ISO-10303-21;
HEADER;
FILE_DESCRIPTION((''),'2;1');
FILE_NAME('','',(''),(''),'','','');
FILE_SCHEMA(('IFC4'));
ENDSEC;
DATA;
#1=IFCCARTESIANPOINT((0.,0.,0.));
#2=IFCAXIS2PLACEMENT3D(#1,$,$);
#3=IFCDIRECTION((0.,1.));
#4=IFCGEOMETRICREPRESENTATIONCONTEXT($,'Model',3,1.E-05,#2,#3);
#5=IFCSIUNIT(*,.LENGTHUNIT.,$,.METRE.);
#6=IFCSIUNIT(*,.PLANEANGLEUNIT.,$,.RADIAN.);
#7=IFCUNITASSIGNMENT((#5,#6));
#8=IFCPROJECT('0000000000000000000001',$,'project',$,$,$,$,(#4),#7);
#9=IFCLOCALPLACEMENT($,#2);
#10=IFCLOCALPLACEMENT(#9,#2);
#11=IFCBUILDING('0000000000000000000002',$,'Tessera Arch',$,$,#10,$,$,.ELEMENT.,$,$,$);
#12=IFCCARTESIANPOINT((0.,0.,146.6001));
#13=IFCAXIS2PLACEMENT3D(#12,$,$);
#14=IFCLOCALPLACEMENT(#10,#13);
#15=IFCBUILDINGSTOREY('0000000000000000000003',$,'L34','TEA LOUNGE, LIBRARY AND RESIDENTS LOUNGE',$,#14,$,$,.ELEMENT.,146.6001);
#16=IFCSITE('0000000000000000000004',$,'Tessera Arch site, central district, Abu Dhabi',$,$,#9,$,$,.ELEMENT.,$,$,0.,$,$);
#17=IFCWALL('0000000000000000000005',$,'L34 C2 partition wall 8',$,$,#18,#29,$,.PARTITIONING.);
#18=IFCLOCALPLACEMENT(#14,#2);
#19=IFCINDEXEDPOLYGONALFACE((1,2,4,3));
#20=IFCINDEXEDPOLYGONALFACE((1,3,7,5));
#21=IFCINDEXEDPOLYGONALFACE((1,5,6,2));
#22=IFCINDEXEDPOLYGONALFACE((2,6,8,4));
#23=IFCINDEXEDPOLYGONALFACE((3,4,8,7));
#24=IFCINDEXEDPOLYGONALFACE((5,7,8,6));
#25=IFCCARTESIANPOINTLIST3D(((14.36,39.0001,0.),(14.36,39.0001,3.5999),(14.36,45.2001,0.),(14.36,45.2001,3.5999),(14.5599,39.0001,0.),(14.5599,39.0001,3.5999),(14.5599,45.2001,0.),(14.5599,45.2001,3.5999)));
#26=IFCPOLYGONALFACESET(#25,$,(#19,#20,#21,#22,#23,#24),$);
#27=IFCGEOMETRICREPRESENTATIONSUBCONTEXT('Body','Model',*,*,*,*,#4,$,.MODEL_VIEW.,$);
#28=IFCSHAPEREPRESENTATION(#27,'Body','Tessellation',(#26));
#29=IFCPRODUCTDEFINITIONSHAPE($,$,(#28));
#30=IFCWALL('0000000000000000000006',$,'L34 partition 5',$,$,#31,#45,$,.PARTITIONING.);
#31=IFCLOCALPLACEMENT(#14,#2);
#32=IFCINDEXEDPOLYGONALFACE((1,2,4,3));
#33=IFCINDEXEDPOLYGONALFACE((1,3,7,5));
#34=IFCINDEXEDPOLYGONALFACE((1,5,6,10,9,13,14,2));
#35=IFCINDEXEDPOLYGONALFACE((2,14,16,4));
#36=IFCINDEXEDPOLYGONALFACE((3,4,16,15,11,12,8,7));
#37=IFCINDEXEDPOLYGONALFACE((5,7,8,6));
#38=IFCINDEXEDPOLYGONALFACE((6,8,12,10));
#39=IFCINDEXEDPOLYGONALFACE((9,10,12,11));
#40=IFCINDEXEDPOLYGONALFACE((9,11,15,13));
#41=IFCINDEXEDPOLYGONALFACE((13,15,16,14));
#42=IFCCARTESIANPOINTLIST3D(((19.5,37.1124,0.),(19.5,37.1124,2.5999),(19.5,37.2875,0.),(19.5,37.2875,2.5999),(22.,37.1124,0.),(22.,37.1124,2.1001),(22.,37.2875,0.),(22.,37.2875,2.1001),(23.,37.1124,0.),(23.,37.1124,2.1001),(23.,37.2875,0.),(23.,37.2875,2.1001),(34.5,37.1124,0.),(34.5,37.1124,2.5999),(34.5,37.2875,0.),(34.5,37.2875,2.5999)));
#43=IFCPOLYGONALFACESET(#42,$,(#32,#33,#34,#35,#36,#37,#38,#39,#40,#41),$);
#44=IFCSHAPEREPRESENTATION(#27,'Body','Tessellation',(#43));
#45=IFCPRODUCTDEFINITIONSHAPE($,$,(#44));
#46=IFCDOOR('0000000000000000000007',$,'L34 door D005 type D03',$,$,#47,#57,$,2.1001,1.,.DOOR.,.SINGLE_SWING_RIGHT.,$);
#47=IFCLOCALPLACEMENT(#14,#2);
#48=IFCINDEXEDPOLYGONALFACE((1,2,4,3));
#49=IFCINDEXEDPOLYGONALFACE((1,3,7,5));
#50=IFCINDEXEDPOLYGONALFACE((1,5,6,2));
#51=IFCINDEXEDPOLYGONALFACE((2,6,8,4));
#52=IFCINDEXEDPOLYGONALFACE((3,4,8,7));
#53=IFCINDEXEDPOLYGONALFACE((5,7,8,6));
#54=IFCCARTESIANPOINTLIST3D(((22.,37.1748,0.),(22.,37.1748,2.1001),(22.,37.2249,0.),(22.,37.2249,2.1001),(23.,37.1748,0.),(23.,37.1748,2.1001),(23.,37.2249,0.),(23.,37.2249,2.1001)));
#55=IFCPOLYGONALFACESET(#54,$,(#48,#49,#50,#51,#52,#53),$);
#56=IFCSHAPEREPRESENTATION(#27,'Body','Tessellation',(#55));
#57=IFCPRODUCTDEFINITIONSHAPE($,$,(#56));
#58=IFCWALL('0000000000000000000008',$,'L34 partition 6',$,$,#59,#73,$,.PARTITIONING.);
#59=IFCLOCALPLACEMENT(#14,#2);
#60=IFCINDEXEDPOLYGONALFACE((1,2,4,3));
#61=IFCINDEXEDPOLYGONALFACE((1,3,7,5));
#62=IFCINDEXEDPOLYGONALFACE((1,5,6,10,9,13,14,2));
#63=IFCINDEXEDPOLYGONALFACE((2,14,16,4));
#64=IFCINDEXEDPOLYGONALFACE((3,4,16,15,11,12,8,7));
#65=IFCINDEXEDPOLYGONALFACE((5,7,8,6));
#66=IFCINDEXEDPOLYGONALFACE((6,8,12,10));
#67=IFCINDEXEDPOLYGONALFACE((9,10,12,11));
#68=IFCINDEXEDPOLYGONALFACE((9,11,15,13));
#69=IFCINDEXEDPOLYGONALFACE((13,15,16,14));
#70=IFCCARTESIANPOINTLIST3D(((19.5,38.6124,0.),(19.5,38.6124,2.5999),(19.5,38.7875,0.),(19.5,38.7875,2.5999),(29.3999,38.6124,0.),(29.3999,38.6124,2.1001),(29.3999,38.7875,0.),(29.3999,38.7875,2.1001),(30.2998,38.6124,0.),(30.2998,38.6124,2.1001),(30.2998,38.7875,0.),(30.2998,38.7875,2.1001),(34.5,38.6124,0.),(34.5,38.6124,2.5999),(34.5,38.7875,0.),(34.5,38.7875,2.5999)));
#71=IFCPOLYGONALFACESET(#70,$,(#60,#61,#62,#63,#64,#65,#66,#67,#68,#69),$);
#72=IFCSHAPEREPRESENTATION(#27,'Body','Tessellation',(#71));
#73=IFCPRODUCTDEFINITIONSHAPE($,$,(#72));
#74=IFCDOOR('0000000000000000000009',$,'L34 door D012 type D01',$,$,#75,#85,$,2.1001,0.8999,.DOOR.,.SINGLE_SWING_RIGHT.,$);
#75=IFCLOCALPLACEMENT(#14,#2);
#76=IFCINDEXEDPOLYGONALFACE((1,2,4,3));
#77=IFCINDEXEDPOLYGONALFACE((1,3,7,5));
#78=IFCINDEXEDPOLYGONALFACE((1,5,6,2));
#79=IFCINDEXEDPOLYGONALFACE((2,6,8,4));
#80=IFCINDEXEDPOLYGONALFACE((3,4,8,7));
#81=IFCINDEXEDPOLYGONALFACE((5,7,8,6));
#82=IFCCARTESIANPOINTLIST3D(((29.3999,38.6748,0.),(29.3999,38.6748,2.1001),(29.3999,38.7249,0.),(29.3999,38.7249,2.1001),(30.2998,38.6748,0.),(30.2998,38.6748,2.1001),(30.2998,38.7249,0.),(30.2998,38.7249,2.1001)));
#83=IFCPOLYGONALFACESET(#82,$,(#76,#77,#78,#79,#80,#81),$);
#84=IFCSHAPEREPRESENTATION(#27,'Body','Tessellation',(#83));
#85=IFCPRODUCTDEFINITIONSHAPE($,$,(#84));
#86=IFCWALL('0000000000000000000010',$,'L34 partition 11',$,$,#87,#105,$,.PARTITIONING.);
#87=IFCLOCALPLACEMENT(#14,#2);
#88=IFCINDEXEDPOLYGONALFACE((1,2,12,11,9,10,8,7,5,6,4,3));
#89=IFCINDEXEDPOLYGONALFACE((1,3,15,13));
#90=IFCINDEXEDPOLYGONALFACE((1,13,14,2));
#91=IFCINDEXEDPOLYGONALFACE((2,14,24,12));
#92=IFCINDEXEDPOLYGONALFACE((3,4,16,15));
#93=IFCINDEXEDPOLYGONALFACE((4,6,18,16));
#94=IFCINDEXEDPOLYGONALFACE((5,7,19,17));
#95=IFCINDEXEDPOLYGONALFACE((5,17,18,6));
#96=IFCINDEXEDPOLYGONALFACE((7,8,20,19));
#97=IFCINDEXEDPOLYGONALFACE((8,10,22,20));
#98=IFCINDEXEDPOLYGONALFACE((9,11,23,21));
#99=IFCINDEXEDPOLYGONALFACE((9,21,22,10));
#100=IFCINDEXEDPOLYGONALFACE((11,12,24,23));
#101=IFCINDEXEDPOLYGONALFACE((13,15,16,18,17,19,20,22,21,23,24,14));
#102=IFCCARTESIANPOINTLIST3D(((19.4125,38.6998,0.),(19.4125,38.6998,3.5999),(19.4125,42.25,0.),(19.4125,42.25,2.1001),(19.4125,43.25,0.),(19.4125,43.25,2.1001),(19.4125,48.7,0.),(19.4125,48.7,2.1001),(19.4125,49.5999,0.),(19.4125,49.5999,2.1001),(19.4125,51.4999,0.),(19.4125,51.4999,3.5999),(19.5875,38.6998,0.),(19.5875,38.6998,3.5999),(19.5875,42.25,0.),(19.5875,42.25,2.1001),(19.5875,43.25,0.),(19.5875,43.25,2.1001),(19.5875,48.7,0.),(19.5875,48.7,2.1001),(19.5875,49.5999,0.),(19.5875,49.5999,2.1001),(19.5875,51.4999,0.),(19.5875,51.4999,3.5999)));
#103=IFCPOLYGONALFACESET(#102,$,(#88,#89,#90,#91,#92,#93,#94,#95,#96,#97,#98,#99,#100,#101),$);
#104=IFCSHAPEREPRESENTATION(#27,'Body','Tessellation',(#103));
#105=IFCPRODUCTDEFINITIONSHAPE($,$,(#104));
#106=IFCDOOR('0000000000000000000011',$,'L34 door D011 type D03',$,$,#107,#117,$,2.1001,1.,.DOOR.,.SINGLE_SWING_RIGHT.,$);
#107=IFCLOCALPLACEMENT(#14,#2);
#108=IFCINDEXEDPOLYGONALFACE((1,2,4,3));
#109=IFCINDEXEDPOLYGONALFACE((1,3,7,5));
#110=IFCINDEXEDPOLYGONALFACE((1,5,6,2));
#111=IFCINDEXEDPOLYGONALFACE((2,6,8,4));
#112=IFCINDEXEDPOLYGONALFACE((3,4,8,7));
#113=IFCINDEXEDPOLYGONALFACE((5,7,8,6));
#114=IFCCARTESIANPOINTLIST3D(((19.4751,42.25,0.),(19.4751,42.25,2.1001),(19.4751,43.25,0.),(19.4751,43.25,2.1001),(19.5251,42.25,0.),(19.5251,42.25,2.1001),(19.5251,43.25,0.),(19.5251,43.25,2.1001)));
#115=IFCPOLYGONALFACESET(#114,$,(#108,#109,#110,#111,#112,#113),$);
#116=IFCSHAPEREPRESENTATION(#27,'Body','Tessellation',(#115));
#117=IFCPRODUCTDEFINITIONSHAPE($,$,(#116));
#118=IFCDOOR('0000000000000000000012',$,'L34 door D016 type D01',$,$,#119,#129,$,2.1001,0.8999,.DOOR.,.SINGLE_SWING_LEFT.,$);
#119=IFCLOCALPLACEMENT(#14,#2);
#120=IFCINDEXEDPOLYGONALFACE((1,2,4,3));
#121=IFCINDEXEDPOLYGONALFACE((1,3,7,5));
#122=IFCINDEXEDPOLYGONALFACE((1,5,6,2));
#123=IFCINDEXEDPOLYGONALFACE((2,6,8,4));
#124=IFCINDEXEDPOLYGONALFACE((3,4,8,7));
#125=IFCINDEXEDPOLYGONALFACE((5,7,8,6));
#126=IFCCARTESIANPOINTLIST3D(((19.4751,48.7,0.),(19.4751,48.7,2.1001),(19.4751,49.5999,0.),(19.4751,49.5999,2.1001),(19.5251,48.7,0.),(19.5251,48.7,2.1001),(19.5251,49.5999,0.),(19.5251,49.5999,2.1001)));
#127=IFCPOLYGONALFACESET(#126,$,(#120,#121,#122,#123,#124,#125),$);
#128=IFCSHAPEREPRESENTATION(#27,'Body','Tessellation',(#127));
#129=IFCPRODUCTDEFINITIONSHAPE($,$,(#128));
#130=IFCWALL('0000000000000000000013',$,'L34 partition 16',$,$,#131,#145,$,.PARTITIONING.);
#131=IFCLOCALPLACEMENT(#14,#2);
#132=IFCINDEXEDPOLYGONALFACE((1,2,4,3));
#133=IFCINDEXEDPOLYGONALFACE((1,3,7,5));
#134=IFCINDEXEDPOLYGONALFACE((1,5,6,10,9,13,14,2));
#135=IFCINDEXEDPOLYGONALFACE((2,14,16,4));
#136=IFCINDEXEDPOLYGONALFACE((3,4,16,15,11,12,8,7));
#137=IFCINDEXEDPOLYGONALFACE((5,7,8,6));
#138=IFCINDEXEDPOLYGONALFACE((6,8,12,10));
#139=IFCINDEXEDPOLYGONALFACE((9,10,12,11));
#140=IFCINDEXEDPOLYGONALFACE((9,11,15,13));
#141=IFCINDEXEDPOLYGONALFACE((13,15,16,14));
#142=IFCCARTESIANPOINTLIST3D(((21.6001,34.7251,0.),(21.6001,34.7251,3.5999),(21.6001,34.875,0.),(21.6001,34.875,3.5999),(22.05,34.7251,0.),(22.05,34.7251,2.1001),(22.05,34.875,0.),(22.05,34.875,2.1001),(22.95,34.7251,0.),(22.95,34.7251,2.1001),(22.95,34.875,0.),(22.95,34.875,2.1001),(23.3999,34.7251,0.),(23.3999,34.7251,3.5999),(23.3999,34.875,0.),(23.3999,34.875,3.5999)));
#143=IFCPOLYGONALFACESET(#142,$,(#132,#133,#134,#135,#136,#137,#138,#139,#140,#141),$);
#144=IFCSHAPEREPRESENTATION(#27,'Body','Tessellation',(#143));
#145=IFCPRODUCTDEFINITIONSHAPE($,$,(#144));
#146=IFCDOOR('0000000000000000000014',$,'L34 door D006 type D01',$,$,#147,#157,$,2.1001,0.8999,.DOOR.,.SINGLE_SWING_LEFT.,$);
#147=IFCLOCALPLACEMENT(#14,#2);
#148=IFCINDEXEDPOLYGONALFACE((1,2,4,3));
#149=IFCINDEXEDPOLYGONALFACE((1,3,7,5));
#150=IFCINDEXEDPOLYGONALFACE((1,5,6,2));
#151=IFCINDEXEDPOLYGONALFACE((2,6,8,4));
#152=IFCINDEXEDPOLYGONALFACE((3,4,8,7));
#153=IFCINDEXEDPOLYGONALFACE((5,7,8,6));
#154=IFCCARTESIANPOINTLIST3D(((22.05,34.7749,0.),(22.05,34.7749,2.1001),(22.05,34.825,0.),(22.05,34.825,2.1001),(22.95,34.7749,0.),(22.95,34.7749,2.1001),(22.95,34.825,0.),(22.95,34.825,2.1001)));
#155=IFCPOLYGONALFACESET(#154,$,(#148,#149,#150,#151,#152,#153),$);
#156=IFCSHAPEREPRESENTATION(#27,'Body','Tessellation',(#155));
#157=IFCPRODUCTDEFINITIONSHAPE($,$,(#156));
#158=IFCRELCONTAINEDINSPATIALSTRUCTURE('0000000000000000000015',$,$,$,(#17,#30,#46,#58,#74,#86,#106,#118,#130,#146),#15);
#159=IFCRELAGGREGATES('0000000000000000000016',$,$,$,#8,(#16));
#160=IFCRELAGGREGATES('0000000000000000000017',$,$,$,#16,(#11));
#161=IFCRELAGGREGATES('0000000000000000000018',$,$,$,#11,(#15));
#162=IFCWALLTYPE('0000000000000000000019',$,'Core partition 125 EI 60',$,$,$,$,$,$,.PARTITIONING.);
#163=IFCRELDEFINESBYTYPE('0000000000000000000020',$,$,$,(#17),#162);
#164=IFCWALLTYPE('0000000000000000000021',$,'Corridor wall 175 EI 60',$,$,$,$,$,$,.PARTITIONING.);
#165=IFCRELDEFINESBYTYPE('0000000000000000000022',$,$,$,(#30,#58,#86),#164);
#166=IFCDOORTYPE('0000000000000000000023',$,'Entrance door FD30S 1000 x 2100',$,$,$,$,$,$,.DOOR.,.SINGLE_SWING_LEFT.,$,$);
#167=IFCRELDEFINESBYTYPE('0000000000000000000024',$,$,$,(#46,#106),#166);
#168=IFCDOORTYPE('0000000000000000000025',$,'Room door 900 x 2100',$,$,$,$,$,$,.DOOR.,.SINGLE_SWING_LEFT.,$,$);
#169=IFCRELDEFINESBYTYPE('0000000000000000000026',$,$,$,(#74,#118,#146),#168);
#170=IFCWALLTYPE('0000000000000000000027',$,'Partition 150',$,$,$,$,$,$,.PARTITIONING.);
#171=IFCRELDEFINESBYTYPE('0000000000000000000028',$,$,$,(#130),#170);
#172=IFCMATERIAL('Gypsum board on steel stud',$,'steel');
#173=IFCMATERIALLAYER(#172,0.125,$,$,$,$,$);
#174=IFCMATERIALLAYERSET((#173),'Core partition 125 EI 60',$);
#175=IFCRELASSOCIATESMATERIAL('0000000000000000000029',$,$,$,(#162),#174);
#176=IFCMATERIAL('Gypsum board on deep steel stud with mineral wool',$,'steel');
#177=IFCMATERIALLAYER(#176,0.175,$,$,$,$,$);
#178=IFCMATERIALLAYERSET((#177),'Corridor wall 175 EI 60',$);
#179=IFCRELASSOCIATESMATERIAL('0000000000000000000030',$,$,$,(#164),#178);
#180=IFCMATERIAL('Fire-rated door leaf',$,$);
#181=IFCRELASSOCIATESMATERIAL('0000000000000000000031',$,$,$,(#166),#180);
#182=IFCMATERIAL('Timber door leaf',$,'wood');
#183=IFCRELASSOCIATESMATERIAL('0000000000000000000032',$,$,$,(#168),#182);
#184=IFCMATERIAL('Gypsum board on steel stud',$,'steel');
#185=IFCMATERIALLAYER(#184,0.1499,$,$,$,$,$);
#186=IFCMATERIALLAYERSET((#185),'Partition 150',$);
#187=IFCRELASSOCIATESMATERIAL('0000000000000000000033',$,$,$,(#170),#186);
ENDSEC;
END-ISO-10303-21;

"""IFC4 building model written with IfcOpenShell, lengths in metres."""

from ifc_helpers import new_model, si_unit, direction, frame, frame_2d, origin, place, context, subcontext, project, spatial, rectangle, extrude, material, layer, layer_set, type_object, element, fill, save


model = new_model("IFC4")

# Units and contexts
model_context = context("Model", 3, precision=1e-05, world=origin(), true_north=direction((0.0, 1.0)))
body_context = subcontext(model_context, "Body", "Model", "MODEL_VIEW")
ifc_project = project(units=[si_unit("LENGTHUNIT", "METRE"), si_unit("PLANEANGLEUNIT", "RADIAN")], contexts=[model_context])

# Site, building, storey
site_placement = place(None, origin())
site = spatial("IfcSite", under=ifc_project, at=site_placement, Name="Tessera Arch site, central district, Abu Dhabi", CompositionType="ELEMENT", RefElevation=0.0)
building_placement = place(site_placement, origin())
building = spatial("IfcBuilding", under=site, at=building_placement, Name="Tessera Arch", CompositionType="ELEMENT")
storey_placement = place(building_placement, frame((0.0, 0.0, 146.6001)))
storey = spatial("IfcBuildingStorey", under=building, at=storey_placement, Name="L34", Description="TEA LOUNGE, LIBRARY AND RESIDENTS LOUNGE", CompositionType="ELEMENT", Elevation=146.6001)

# Wall
ifc_material_1 = material(Name="Gypsum board on steel stud", Category="steel")
ifc_layer_1 = layer(ifc_material_1, 0.125)
ifc_layer_set_1 = layer_set([ifc_layer_1], Name="Core partition 125 EI 60")
wall_type_1 = type_object("IfcWallType", Name="Core partition 125 EI 60", PredefinedType="PARTITIONING", material=ifc_layer_set_1)
wall_1_placement = place(storey_placement, frame((14.46, 39.0, 0.0), z_axis=(0.0, 0.0, 1.0), x_axis=(0.0, 1.0, 0.0)))
element("IfcWall", 1, at=wall_1_placement, inside=storey, type_object=wall_type_1, Name="L34 C2 partition wall 8", PredefinedType="PARTITIONING", context=body_context, shape_type="SweptSolid", body=[
    extrude(rectangle(XDim=6.2, YDim=0.2, at=frame_2d((3.1001, 0.0))), origin(), (0.0, 0.0, 1.0), 3.5999),
])

# Walls, openings, doors
ifc_material_2 = material(Name="Gypsum board on deep steel stud with mineral wool", Category="steel")
ifc_layer_2 = layer(ifc_material_2, 0.175)
ifc_layer_set_2 = layer_set([ifc_layer_2], Name="Corridor wall 175 EI 60")
wall_type_2 = type_object("IfcWallType", Name="Corridor wall 175 EI 60", PredefinedType="PARTITIONING", material=ifc_layer_set_2)
wall_2_placement = place(storey_placement, frame((19.5, 37.2, 0.0), z_axis=(0.0, 0.0, 1.0), x_axis=(1.0, 0.0, 0.0)))
wall_2 = element("IfcWall", 2, at=wall_2_placement, inside=storey, type_object=wall_type_2, Name="L34 partition 5", PredefinedType="PARTITIONING", context=body_context, shape_type="SweptSolid", body=[
    extrude(rectangle(XDim=15.0, YDim=0.175, at=frame_2d((7.5, 0.0))), origin(), (0.0, 0.0, 1.0), 2.5999),
])
opening_1_placement = place(wall_2_placement, frame((2.5, 0.0, 0.0)))
opening_1 = element("IfcOpeningElement", 3, at=opening_1_placement, cuts=wall_2, PredefinedType="OPENING", context=body_context, shape_type="SweptSolid", body=[
    extrude(rectangle(XDim=1.0, YDim=2.1001, at=frame_2d((0.5, 1.05))), frame((0.0, 0.0974, 0.0), z_axis=(0.0, -1.0, 0.0), x_axis=(1.0, 0.0, 0.0)), (0.0, 0.0, 1.0), 0.1951),
])
ifc_material_3 = material(Name="Fire-rated door leaf")
door_type_1 = type_object("IfcDoorType", Name="Entrance door FD30S 1000 x 2100", OperationType="SINGLE_SWING_LEFT", PredefinedType="DOOR", material=ifc_material_3)
door_1_placement = place(opening_1_placement, origin())
door_1 = element("IfcDoor", 4, at=door_1_placement, inside=storey, type_object=door_type_1, Name="L34 door D005 type D03", OperationType="SINGLE_SWING_RIGHT", OverallHeight=2.1001, OverallWidth=1.0, PredefinedType="DOOR", context=body_context, shape_type="SweptSolid", body=[
    extrude(rectangle(XDim=1.0, YDim=2.1001, at=frame_2d((0.5, 1.05))), frame((0.0, 0.0249, 0.0), z_axis=(0.0, -1.0, 0.0), x_axis=(1.0, 0.0, 0.0)), (0.0, 0.0, 1.0), 0.05),
])
fill(opening_1, door_1)
wall_3_placement = place(storey_placement, frame((19.5, 38.7, 0.0), z_axis=(0.0, 0.0, 1.0), x_axis=(1.0, 0.0, 0.0)))
wall_3 = element("IfcWall", 5, at=wall_3_placement, inside=storey, type_object=wall_type_2, Name="L34 partition 6", PredefinedType="PARTITIONING", context=body_context, shape_type="SweptSolid", body=[
    extrude(rectangle(XDim=15.0, YDim=0.175, at=frame_2d((7.5, 0.0))), origin(), (0.0, 0.0, 1.0), 2.5999),
])
opening_2_placement = place(wall_3_placement, frame((9.8999, 0.0, 0.0)))
opening_2 = element("IfcOpeningElement", 6, at=opening_2_placement, cuts=wall_3, PredefinedType="OPENING", context=body_context, shape_type="SweptSolid", body=[
    extrude(rectangle(XDim=0.8999, YDim=2.1001, at=frame_2d((0.45, 1.05))), frame((0.0, 0.0974, 0.0), z_axis=(0.0, -1.0, 0.0), x_axis=(1.0, 0.0, 0.0)), (0.0, 0.0, 1.0), 0.1951),
])
ifc_material_4 = material(Name="Timber door leaf", Category="wood")
door_type_2 = type_object("IfcDoorType", Name="Room door 900 x 2100", OperationType="SINGLE_SWING_LEFT", PredefinedType="DOOR", material=ifc_material_4)
door_2_placement = place(opening_2_placement, origin())
door_2 = element("IfcDoor", 7, at=door_2_placement, inside=storey, type_object=door_type_2, Name="L34 door D012 type D01", OperationType="SINGLE_SWING_RIGHT", OverallHeight=2.1001, OverallWidth=0.8999, PredefinedType="DOOR", context=body_context, shape_type="SweptSolid", body=[
    extrude(rectangle(XDim=0.8999, YDim=2.1001, at=frame_2d((0.45, 1.05))), frame((0.0, 0.0249, 0.0), z_axis=(0.0, -1.0, 0.0), x_axis=(1.0, 0.0, 0.0)), (0.0, 0.0, 1.0), 0.05),
])
fill(opening_2, door_2)

# Wall, openings, doors
wall_4_placement = place(storey_placement, frame((19.5, 38.7, 0.0), z_axis=(0.0, 0.0, 1.0), x_axis=(0.0, 1.0, 0.0)))
wall_4 = element("IfcWall", 8, at=wall_4_placement, inside=storey, type_object=wall_type_2, Name="L34 partition 11", PredefinedType="PARTITIONING", context=body_context, shape_type="SweptSolid", body=[
    extrude(rectangle(XDim=12.8, YDim=0.175, at=frame_2d((6.3999, 0.0))), origin(), (0.0, 0.0, 1.0), 3.5999),
])
opening_3_placement = place(wall_4_placement, frame((3.55, 0.0, 0.0)))
opening_3 = element("IfcOpeningElement", 9, at=opening_3_placement, cuts=wall_4, PredefinedType="OPENING", context=body_context, shape_type="SweptSolid", body=[
    extrude(rectangle(XDim=1.0, YDim=2.1001, at=frame_2d((0.5, 1.05))), frame((0.0, 0.0974, 0.0), z_axis=(0.0, -1.0, 0.0), x_axis=(1.0, 0.0, 0.0)), (0.0, 0.0, 1.0), 0.1951),
])
opening_4_placement = place(wall_4_placement, frame((10.0, 0.0, 0.0)))
opening_4 = element("IfcOpeningElement", 10, at=opening_4_placement, cuts=wall_4, PredefinedType="OPENING", context=body_context, shape_type="SweptSolid", body=[
    extrude(rectangle(XDim=0.8999, YDim=2.1001, at=frame_2d((0.45, 1.05))), frame((0.0, 0.0974, 0.0), z_axis=(0.0, -1.0, 0.0), x_axis=(1.0, 0.0, 0.0)), (0.0, 0.0, 1.0), 0.1951),
])
door_3_placement = place(opening_3_placement, origin())
door_3 = element("IfcDoor", 11, at=door_3_placement, inside=storey, type_object=door_type_1, Name="L34 door D011 type D03", OperationType="SINGLE_SWING_RIGHT", OverallHeight=2.1001, OverallWidth=1.0, PredefinedType="DOOR", context=body_context, shape_type="SweptSolid", body=[
    extrude(rectangle(XDim=1.0, YDim=2.1001, at=frame_2d((0.5, 1.05))), frame((0.0, 0.0249, 0.0), z_axis=(0.0, -1.0, 0.0), x_axis=(1.0, 0.0, 0.0)), (0.0, 0.0, 1.0), 0.05),
])
fill(opening_3, door_3)
door_4_placement = place(opening_4_placement, origin())
door_4 = element("IfcDoor", 12, at=door_4_placement, inside=storey, type_object=door_type_2, Name="L34 door D016 type D01", OperationType="SINGLE_SWING_LEFT", OverallHeight=2.1001, OverallWidth=0.8999, PredefinedType="DOOR", context=body_context, shape_type="SweptSolid", body=[
    extrude(rectangle(XDim=0.8999, YDim=2.1001, at=frame_2d((0.45, 1.05))), frame((0.0, 0.0249, 0.0), z_axis=(0.0, -1.0, 0.0), x_axis=(1.0, 0.0, 0.0)), (0.0, 0.0, 1.0), 0.05),
])
fill(opening_4, door_4)

# Wall, opening, door
ifc_material_5 = material(Name="Gypsum board on steel stud", Category="steel")
ifc_layer_3 = layer(ifc_material_5, 0.1499)
ifc_layer_set_3 = layer_set([ifc_layer_3], Name="Partition 150")
wall_type_3 = type_object("IfcWallType", Name="Partition 150", PredefinedType="PARTITIONING", material=ifc_layer_set_3)
wall_5_placement = place(storey_placement, frame((21.6001, 34.8, 0.0), z_axis=(0.0, 0.0, 1.0), x_axis=(1.0, 0.0, 0.0)))
wall_5 = element("IfcWall", 13, at=wall_5_placement, inside=storey, type_object=wall_type_3, Name="L34 partition 16", PredefinedType="PARTITIONING", context=body_context, shape_type="SweptSolid", body=[
    extrude(rectangle(XDim=1.7998, YDim=0.1499, at=frame_2d((0.8999, 0.0))), origin(), (0.0, 0.0, 1.0), 3.5999),
])
opening_5_placement = place(wall_5_placement, frame((0.45, 0.0, 0.0)))
opening_5 = element("IfcOpeningElement", 14, at=opening_5_placement, cuts=wall_5, PredefinedType="OPENING", context=body_context, shape_type="SweptSolid", body=[
    extrude(rectangle(XDim=0.8999, YDim=2.1001, at=frame_2d((0.45, 1.05))), frame((0.0, 0.085, 0.0), z_axis=(0.0, -1.0, 0.0), x_axis=(1.0, 0.0, 0.0)), (0.0, 0.0, 1.0), 0.1699),
])
door_5_placement = place(opening_5_placement, origin())
door_5 = element("IfcDoor", 15, at=door_5_placement, inside=storey, type_object=door_type_2, Name="L34 door D006 type D01", OperationType="SINGLE_SWING_LEFT", OverallHeight=2.1001, OverallWidth=0.8999, PredefinedType="DOOR", context=body_context, shape_type="SweptSolid", body=[
    extrude(rectangle(XDim=0.8999, YDim=2.1001, at=frame_2d((0.45, 1.05))), frame((0.0, 0.0249, 0.0), z_axis=(0.0, -1.0, 0.0), x_axis=(1.0, 0.0, 0.0)), (0.0, 0.0, 1.0), 0.05),
])
fill(opening_5, door_5)

save(model, "model.ifc")
